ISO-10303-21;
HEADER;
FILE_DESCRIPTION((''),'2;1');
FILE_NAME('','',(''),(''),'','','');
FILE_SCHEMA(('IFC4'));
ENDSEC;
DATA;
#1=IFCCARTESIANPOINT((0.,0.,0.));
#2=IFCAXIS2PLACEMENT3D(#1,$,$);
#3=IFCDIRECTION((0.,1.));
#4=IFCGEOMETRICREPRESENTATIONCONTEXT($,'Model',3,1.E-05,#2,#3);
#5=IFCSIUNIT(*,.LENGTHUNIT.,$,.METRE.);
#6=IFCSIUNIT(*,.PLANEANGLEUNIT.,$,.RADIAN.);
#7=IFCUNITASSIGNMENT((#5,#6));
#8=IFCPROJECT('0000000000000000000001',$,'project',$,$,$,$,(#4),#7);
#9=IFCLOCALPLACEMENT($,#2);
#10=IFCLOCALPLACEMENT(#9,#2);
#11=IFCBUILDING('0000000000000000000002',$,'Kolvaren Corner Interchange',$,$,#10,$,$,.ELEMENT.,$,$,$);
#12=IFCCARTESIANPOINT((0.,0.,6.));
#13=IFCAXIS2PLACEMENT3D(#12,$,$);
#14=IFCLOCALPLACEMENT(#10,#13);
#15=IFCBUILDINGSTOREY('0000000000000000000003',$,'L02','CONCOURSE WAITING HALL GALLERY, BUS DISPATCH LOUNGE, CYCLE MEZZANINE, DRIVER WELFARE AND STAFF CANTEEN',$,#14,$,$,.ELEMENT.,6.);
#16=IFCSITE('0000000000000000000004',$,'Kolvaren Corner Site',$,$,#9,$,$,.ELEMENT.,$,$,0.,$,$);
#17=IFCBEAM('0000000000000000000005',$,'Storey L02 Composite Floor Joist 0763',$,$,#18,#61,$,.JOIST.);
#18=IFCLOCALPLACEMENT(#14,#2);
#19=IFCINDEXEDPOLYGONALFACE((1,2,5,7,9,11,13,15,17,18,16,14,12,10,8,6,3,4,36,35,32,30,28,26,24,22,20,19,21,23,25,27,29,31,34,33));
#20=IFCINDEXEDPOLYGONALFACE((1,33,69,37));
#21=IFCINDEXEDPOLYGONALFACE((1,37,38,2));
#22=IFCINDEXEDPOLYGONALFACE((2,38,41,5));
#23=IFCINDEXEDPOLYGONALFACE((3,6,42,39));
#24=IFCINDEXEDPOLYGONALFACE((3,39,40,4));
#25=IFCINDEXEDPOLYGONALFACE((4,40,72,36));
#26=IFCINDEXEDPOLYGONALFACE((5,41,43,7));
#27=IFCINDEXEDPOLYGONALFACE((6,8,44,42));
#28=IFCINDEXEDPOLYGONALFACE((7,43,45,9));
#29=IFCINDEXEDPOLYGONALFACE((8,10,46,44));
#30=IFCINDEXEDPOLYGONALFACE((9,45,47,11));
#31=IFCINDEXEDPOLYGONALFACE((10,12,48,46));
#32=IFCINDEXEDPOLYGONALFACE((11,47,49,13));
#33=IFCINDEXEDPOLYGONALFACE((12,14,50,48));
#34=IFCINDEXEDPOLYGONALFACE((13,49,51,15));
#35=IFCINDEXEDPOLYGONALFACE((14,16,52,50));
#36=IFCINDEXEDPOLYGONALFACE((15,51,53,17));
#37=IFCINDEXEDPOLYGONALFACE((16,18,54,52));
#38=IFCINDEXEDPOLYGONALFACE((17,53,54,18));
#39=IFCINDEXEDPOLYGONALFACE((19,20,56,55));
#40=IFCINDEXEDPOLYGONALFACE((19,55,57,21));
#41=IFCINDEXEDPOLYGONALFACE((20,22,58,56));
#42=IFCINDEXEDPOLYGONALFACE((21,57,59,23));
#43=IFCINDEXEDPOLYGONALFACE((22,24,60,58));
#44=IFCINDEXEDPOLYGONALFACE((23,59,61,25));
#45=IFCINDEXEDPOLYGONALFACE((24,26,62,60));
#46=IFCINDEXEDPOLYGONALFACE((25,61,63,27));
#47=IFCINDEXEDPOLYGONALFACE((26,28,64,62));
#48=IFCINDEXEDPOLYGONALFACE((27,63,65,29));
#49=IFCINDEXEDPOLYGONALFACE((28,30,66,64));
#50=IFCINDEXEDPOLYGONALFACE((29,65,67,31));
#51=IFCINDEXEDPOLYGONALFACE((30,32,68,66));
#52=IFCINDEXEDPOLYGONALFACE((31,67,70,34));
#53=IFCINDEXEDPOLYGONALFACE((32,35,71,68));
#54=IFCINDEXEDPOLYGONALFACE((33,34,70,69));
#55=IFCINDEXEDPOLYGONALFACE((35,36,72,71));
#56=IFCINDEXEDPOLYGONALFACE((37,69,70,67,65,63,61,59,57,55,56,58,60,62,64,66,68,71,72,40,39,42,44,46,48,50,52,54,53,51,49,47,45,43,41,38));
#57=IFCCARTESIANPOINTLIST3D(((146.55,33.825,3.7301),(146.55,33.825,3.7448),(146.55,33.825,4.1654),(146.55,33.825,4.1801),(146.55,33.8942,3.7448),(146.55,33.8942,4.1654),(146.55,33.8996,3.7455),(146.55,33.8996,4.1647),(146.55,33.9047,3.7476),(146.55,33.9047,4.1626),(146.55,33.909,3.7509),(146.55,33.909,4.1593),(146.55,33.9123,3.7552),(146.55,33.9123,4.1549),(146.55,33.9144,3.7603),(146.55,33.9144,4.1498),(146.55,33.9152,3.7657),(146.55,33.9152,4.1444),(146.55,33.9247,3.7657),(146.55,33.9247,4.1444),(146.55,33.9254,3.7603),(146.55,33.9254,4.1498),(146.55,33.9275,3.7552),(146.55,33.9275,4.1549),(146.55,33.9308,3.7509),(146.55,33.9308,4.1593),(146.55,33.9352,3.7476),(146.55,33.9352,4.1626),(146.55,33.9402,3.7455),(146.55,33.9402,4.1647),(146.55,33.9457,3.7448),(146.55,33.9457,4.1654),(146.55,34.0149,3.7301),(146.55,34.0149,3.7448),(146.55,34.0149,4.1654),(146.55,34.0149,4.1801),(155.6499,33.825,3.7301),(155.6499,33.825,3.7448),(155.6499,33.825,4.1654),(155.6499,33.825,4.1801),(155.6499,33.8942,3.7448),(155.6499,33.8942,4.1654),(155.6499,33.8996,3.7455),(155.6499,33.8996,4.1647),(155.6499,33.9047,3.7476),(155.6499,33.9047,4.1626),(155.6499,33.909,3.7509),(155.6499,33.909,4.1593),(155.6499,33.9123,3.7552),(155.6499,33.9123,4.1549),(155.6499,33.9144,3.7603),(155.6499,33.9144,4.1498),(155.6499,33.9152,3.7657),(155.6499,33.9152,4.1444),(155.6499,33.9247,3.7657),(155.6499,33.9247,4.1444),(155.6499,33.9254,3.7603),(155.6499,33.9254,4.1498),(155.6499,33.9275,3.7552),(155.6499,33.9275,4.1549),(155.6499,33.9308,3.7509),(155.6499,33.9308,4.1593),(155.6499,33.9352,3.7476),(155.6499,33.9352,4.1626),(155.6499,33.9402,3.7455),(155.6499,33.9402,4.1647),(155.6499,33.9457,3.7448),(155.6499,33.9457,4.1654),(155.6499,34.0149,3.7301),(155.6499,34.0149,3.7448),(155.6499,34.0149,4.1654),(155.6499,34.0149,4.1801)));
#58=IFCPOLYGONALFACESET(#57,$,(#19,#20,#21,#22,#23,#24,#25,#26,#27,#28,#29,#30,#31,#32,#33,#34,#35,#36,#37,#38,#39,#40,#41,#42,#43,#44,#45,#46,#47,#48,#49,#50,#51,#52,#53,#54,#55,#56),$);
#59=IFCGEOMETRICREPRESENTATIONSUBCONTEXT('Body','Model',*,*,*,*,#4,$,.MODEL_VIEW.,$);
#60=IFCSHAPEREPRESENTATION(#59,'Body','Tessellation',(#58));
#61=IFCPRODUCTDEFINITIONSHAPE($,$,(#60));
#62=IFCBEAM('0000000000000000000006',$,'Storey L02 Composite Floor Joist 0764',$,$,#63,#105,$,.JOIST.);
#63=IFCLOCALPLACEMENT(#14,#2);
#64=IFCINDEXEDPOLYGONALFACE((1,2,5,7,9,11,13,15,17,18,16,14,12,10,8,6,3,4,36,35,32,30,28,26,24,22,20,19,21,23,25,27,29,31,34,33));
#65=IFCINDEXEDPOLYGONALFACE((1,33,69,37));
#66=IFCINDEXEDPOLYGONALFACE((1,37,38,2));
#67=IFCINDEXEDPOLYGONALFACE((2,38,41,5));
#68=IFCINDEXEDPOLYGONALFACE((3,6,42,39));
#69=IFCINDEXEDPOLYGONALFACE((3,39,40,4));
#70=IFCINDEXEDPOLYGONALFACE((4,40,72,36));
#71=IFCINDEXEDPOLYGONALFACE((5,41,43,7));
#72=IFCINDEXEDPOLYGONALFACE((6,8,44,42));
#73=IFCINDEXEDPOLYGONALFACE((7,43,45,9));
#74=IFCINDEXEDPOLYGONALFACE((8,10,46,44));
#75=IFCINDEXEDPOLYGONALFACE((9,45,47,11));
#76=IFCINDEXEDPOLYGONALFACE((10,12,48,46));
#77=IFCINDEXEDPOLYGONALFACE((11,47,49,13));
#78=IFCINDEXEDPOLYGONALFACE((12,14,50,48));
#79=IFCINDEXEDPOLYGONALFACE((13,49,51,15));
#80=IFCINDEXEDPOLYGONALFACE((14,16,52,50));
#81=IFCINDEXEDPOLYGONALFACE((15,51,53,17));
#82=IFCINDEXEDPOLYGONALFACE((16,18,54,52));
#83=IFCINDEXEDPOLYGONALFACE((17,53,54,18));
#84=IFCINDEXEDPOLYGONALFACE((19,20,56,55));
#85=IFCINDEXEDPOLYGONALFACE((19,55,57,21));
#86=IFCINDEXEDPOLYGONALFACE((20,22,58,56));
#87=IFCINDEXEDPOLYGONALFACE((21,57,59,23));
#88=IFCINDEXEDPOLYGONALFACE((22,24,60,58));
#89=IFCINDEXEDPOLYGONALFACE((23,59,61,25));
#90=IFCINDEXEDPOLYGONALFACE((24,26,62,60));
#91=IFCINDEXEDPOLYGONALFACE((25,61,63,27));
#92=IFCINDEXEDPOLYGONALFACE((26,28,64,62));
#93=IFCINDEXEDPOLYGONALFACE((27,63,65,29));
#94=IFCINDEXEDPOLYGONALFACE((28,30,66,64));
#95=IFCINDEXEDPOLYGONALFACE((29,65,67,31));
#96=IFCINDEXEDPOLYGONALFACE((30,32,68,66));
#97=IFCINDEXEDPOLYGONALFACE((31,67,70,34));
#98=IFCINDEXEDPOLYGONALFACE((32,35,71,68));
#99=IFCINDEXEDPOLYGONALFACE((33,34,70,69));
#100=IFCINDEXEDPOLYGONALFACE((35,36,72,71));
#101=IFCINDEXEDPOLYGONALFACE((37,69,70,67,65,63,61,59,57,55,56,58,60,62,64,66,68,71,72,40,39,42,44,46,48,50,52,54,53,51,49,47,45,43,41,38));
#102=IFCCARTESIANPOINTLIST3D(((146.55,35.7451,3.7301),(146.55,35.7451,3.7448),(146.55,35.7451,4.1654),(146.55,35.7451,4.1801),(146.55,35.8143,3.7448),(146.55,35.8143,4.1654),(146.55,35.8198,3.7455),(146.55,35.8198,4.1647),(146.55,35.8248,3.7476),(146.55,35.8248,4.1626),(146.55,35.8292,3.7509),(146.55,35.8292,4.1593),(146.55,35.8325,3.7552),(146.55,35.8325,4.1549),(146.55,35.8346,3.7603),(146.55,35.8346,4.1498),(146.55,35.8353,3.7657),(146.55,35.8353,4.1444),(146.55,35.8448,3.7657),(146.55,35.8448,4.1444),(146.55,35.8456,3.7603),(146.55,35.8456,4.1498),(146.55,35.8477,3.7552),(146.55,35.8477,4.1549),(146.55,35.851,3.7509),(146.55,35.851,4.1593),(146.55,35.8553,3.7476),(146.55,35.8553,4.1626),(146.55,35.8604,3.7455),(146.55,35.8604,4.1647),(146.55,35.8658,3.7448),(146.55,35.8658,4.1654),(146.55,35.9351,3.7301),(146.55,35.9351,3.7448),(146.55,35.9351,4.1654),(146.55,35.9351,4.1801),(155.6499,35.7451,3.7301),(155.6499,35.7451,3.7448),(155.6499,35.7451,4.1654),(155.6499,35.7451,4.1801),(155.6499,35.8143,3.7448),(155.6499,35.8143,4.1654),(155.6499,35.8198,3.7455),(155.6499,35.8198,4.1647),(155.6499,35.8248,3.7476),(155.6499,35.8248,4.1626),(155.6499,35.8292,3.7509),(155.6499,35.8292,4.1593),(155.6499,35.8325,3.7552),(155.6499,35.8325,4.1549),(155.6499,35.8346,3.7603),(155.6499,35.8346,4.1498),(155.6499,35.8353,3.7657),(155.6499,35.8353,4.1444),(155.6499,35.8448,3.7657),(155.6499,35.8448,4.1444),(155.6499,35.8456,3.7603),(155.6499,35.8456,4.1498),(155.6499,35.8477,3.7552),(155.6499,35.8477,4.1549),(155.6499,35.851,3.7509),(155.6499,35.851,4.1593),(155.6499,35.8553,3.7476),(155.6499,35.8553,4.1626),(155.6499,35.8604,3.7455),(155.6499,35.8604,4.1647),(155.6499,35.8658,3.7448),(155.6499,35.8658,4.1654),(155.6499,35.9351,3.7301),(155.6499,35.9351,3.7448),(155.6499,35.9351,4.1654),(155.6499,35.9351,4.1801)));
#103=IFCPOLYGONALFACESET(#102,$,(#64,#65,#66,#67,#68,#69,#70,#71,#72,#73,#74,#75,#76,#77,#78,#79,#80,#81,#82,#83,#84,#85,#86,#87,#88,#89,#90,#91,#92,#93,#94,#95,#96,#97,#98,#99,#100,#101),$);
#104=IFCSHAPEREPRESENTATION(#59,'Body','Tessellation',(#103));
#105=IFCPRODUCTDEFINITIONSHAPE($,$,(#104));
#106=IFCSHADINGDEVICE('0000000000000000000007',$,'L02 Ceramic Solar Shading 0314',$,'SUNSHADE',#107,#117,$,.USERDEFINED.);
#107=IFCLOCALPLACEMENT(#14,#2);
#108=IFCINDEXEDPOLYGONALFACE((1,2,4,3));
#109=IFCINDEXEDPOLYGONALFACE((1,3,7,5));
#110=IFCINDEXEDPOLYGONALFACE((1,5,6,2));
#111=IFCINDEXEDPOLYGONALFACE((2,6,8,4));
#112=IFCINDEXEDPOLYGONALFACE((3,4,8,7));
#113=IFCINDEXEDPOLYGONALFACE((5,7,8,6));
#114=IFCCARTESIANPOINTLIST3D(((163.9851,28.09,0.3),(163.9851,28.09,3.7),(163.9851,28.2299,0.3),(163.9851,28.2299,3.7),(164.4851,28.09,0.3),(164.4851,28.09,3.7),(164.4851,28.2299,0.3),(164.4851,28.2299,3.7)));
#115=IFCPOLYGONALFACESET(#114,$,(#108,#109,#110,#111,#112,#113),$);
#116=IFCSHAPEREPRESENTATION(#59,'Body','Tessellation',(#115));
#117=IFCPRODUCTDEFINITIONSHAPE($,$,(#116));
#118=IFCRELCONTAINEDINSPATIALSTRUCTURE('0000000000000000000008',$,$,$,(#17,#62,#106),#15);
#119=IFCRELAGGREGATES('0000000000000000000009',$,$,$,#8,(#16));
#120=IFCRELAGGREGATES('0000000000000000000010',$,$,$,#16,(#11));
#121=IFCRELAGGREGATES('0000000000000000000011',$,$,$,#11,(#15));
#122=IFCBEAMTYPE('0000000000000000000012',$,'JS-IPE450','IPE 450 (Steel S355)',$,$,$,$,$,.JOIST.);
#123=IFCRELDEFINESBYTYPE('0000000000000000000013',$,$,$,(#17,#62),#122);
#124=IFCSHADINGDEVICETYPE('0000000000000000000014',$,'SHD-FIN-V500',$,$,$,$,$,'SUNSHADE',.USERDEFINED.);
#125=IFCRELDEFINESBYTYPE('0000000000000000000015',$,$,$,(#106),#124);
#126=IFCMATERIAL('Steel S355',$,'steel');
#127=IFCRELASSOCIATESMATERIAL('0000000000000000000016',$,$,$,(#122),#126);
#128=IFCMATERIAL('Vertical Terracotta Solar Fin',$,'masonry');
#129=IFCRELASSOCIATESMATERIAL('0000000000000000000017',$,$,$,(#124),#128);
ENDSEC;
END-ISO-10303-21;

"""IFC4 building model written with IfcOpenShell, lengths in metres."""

from ifc_helpers import new_model, si_unit, direction, frame, origin, origin_2d, place, context, subcontext, project, spatial, rectangle, i_section, extrude, material, material_profile, profile_set, type_object, element, save


model = new_model("IFC4")

# Units and contexts
model_context = context("Model", 3, precision=1e-05, world=origin(), true_north=direction((0.0, 1.0)))
body_context = subcontext(model_context, "Body", "Model", "MODEL_VIEW")
ifc_project = project(units=[si_unit("LENGTHUNIT", "METRE"), si_unit("PLANEANGLEUNIT", "RADIAN")], contexts=[model_context])

# Site, building, storey
site_placement = place(None, origin())
site = spatial("IfcSite", under=ifc_project, at=site_placement, Name="Kolvaren Corner Site", CompositionType="ELEMENT", RefElevation=0.0)
building_placement = place(site_placement, origin())
building = spatial("IfcBuilding", under=site, at=building_placement, Name="Kolvaren Corner Interchange", CompositionType="ELEMENT")
storey_placement = place(building_placement, frame((0.0, 0.0, 6.0)))
storey = spatial("IfcBuildingStorey", under=building, at=storey_placement, Name="L02", Description="CONCOURSE WAITING HALL GALLERY, BUS DISPATCH LOUNGE, CYCLE MEZZANINE, DRIVER WELFARE AND STAFF CANTEEN", CompositionType="ELEMENT", Elevation=6.0)

# Beams
ifc_material_1 = material(Name="Steel S355", Category="steel")
ifc_material_profile_1 = material_profile(ifc_material_1, i_section(OverallWidth=0.1899, OverallDepth=0.45, WebThickness=0.0095, FlangeThickness=0.0146, FilletRadius=0.021, at=origin_2d()), Name="IPE 450")
ifc_profile_set_1 = profile_set([ifc_material_profile_1], Name="Steel S355")
beam_type_1 = type_object("IfcBeamType", Name="JS-IPE450", Description="IPE 450 (Steel S355)", PredefinedType="JOIST", material=ifc_profile_set_1)
for number, where, z_axis, x_axis, name in (
    (1, (146.55, 33.9199, 3.9551), (1.0, 0.0, 0.0), (0.0, 1.0, 0.0), "Storey L02 Composite Floor Joist 0763"),
    (2, (146.55, 35.8401, 3.9551), (1.0, 0.0, 0.0), (0.0, 1.0, 0.0), "Storey L02 Composite Floor Joist 0764"),
):
    element("IfcBeam", number, at=place(storey_placement, frame(where, z_axis=z_axis, x_axis=x_axis)), inside=storey, type_object=beam_type_1, Name=name, PredefinedType="JOIST", context=body_context, shape_type="SweptSolid", body=[
        extrude(i_section(OverallWidth=0.1899, OverallDepth=0.45, WebThickness=0.0095, FlangeThickness=0.0146, FilletRadius=0.021, at=origin_2d()), origin(), (0.0, 0.0, 1.0), 9.0999),
    ])

# Shading device
ifc_material_2 = material(Name="Vertical Terracotta Solar Fin", Category="masonry")
shading_device_type = type_object("IfcShadingDeviceType", Name="SHD-FIN-V500", ElementType="SUNSHADE", PredefinedType="USERDEFINED", material=ifc_material_2)
shading_device_placement = place(storey_placement, frame((164.2351, 28.1599, 0.3), z_axis=(0.0, 0.0, 1.0), x_axis=(0.0, 1.0, 0.0)))
element("IfcShadingDevice", 3, at=shading_device_placement, inside=storey, type_object=shading_device_type, Name="L02 Ceramic Solar Shading 0314", ObjectType="SUNSHADE", PredefinedType="USERDEFINED", context=body_context, shape_type="SweptSolid", body=[
    extrude(rectangle(XDim=0.1399, YDim=0.5, at=origin_2d()), origin(), (0.0, 0.0, 1.0), 3.3999),
])

save(model, "model.ifc")
